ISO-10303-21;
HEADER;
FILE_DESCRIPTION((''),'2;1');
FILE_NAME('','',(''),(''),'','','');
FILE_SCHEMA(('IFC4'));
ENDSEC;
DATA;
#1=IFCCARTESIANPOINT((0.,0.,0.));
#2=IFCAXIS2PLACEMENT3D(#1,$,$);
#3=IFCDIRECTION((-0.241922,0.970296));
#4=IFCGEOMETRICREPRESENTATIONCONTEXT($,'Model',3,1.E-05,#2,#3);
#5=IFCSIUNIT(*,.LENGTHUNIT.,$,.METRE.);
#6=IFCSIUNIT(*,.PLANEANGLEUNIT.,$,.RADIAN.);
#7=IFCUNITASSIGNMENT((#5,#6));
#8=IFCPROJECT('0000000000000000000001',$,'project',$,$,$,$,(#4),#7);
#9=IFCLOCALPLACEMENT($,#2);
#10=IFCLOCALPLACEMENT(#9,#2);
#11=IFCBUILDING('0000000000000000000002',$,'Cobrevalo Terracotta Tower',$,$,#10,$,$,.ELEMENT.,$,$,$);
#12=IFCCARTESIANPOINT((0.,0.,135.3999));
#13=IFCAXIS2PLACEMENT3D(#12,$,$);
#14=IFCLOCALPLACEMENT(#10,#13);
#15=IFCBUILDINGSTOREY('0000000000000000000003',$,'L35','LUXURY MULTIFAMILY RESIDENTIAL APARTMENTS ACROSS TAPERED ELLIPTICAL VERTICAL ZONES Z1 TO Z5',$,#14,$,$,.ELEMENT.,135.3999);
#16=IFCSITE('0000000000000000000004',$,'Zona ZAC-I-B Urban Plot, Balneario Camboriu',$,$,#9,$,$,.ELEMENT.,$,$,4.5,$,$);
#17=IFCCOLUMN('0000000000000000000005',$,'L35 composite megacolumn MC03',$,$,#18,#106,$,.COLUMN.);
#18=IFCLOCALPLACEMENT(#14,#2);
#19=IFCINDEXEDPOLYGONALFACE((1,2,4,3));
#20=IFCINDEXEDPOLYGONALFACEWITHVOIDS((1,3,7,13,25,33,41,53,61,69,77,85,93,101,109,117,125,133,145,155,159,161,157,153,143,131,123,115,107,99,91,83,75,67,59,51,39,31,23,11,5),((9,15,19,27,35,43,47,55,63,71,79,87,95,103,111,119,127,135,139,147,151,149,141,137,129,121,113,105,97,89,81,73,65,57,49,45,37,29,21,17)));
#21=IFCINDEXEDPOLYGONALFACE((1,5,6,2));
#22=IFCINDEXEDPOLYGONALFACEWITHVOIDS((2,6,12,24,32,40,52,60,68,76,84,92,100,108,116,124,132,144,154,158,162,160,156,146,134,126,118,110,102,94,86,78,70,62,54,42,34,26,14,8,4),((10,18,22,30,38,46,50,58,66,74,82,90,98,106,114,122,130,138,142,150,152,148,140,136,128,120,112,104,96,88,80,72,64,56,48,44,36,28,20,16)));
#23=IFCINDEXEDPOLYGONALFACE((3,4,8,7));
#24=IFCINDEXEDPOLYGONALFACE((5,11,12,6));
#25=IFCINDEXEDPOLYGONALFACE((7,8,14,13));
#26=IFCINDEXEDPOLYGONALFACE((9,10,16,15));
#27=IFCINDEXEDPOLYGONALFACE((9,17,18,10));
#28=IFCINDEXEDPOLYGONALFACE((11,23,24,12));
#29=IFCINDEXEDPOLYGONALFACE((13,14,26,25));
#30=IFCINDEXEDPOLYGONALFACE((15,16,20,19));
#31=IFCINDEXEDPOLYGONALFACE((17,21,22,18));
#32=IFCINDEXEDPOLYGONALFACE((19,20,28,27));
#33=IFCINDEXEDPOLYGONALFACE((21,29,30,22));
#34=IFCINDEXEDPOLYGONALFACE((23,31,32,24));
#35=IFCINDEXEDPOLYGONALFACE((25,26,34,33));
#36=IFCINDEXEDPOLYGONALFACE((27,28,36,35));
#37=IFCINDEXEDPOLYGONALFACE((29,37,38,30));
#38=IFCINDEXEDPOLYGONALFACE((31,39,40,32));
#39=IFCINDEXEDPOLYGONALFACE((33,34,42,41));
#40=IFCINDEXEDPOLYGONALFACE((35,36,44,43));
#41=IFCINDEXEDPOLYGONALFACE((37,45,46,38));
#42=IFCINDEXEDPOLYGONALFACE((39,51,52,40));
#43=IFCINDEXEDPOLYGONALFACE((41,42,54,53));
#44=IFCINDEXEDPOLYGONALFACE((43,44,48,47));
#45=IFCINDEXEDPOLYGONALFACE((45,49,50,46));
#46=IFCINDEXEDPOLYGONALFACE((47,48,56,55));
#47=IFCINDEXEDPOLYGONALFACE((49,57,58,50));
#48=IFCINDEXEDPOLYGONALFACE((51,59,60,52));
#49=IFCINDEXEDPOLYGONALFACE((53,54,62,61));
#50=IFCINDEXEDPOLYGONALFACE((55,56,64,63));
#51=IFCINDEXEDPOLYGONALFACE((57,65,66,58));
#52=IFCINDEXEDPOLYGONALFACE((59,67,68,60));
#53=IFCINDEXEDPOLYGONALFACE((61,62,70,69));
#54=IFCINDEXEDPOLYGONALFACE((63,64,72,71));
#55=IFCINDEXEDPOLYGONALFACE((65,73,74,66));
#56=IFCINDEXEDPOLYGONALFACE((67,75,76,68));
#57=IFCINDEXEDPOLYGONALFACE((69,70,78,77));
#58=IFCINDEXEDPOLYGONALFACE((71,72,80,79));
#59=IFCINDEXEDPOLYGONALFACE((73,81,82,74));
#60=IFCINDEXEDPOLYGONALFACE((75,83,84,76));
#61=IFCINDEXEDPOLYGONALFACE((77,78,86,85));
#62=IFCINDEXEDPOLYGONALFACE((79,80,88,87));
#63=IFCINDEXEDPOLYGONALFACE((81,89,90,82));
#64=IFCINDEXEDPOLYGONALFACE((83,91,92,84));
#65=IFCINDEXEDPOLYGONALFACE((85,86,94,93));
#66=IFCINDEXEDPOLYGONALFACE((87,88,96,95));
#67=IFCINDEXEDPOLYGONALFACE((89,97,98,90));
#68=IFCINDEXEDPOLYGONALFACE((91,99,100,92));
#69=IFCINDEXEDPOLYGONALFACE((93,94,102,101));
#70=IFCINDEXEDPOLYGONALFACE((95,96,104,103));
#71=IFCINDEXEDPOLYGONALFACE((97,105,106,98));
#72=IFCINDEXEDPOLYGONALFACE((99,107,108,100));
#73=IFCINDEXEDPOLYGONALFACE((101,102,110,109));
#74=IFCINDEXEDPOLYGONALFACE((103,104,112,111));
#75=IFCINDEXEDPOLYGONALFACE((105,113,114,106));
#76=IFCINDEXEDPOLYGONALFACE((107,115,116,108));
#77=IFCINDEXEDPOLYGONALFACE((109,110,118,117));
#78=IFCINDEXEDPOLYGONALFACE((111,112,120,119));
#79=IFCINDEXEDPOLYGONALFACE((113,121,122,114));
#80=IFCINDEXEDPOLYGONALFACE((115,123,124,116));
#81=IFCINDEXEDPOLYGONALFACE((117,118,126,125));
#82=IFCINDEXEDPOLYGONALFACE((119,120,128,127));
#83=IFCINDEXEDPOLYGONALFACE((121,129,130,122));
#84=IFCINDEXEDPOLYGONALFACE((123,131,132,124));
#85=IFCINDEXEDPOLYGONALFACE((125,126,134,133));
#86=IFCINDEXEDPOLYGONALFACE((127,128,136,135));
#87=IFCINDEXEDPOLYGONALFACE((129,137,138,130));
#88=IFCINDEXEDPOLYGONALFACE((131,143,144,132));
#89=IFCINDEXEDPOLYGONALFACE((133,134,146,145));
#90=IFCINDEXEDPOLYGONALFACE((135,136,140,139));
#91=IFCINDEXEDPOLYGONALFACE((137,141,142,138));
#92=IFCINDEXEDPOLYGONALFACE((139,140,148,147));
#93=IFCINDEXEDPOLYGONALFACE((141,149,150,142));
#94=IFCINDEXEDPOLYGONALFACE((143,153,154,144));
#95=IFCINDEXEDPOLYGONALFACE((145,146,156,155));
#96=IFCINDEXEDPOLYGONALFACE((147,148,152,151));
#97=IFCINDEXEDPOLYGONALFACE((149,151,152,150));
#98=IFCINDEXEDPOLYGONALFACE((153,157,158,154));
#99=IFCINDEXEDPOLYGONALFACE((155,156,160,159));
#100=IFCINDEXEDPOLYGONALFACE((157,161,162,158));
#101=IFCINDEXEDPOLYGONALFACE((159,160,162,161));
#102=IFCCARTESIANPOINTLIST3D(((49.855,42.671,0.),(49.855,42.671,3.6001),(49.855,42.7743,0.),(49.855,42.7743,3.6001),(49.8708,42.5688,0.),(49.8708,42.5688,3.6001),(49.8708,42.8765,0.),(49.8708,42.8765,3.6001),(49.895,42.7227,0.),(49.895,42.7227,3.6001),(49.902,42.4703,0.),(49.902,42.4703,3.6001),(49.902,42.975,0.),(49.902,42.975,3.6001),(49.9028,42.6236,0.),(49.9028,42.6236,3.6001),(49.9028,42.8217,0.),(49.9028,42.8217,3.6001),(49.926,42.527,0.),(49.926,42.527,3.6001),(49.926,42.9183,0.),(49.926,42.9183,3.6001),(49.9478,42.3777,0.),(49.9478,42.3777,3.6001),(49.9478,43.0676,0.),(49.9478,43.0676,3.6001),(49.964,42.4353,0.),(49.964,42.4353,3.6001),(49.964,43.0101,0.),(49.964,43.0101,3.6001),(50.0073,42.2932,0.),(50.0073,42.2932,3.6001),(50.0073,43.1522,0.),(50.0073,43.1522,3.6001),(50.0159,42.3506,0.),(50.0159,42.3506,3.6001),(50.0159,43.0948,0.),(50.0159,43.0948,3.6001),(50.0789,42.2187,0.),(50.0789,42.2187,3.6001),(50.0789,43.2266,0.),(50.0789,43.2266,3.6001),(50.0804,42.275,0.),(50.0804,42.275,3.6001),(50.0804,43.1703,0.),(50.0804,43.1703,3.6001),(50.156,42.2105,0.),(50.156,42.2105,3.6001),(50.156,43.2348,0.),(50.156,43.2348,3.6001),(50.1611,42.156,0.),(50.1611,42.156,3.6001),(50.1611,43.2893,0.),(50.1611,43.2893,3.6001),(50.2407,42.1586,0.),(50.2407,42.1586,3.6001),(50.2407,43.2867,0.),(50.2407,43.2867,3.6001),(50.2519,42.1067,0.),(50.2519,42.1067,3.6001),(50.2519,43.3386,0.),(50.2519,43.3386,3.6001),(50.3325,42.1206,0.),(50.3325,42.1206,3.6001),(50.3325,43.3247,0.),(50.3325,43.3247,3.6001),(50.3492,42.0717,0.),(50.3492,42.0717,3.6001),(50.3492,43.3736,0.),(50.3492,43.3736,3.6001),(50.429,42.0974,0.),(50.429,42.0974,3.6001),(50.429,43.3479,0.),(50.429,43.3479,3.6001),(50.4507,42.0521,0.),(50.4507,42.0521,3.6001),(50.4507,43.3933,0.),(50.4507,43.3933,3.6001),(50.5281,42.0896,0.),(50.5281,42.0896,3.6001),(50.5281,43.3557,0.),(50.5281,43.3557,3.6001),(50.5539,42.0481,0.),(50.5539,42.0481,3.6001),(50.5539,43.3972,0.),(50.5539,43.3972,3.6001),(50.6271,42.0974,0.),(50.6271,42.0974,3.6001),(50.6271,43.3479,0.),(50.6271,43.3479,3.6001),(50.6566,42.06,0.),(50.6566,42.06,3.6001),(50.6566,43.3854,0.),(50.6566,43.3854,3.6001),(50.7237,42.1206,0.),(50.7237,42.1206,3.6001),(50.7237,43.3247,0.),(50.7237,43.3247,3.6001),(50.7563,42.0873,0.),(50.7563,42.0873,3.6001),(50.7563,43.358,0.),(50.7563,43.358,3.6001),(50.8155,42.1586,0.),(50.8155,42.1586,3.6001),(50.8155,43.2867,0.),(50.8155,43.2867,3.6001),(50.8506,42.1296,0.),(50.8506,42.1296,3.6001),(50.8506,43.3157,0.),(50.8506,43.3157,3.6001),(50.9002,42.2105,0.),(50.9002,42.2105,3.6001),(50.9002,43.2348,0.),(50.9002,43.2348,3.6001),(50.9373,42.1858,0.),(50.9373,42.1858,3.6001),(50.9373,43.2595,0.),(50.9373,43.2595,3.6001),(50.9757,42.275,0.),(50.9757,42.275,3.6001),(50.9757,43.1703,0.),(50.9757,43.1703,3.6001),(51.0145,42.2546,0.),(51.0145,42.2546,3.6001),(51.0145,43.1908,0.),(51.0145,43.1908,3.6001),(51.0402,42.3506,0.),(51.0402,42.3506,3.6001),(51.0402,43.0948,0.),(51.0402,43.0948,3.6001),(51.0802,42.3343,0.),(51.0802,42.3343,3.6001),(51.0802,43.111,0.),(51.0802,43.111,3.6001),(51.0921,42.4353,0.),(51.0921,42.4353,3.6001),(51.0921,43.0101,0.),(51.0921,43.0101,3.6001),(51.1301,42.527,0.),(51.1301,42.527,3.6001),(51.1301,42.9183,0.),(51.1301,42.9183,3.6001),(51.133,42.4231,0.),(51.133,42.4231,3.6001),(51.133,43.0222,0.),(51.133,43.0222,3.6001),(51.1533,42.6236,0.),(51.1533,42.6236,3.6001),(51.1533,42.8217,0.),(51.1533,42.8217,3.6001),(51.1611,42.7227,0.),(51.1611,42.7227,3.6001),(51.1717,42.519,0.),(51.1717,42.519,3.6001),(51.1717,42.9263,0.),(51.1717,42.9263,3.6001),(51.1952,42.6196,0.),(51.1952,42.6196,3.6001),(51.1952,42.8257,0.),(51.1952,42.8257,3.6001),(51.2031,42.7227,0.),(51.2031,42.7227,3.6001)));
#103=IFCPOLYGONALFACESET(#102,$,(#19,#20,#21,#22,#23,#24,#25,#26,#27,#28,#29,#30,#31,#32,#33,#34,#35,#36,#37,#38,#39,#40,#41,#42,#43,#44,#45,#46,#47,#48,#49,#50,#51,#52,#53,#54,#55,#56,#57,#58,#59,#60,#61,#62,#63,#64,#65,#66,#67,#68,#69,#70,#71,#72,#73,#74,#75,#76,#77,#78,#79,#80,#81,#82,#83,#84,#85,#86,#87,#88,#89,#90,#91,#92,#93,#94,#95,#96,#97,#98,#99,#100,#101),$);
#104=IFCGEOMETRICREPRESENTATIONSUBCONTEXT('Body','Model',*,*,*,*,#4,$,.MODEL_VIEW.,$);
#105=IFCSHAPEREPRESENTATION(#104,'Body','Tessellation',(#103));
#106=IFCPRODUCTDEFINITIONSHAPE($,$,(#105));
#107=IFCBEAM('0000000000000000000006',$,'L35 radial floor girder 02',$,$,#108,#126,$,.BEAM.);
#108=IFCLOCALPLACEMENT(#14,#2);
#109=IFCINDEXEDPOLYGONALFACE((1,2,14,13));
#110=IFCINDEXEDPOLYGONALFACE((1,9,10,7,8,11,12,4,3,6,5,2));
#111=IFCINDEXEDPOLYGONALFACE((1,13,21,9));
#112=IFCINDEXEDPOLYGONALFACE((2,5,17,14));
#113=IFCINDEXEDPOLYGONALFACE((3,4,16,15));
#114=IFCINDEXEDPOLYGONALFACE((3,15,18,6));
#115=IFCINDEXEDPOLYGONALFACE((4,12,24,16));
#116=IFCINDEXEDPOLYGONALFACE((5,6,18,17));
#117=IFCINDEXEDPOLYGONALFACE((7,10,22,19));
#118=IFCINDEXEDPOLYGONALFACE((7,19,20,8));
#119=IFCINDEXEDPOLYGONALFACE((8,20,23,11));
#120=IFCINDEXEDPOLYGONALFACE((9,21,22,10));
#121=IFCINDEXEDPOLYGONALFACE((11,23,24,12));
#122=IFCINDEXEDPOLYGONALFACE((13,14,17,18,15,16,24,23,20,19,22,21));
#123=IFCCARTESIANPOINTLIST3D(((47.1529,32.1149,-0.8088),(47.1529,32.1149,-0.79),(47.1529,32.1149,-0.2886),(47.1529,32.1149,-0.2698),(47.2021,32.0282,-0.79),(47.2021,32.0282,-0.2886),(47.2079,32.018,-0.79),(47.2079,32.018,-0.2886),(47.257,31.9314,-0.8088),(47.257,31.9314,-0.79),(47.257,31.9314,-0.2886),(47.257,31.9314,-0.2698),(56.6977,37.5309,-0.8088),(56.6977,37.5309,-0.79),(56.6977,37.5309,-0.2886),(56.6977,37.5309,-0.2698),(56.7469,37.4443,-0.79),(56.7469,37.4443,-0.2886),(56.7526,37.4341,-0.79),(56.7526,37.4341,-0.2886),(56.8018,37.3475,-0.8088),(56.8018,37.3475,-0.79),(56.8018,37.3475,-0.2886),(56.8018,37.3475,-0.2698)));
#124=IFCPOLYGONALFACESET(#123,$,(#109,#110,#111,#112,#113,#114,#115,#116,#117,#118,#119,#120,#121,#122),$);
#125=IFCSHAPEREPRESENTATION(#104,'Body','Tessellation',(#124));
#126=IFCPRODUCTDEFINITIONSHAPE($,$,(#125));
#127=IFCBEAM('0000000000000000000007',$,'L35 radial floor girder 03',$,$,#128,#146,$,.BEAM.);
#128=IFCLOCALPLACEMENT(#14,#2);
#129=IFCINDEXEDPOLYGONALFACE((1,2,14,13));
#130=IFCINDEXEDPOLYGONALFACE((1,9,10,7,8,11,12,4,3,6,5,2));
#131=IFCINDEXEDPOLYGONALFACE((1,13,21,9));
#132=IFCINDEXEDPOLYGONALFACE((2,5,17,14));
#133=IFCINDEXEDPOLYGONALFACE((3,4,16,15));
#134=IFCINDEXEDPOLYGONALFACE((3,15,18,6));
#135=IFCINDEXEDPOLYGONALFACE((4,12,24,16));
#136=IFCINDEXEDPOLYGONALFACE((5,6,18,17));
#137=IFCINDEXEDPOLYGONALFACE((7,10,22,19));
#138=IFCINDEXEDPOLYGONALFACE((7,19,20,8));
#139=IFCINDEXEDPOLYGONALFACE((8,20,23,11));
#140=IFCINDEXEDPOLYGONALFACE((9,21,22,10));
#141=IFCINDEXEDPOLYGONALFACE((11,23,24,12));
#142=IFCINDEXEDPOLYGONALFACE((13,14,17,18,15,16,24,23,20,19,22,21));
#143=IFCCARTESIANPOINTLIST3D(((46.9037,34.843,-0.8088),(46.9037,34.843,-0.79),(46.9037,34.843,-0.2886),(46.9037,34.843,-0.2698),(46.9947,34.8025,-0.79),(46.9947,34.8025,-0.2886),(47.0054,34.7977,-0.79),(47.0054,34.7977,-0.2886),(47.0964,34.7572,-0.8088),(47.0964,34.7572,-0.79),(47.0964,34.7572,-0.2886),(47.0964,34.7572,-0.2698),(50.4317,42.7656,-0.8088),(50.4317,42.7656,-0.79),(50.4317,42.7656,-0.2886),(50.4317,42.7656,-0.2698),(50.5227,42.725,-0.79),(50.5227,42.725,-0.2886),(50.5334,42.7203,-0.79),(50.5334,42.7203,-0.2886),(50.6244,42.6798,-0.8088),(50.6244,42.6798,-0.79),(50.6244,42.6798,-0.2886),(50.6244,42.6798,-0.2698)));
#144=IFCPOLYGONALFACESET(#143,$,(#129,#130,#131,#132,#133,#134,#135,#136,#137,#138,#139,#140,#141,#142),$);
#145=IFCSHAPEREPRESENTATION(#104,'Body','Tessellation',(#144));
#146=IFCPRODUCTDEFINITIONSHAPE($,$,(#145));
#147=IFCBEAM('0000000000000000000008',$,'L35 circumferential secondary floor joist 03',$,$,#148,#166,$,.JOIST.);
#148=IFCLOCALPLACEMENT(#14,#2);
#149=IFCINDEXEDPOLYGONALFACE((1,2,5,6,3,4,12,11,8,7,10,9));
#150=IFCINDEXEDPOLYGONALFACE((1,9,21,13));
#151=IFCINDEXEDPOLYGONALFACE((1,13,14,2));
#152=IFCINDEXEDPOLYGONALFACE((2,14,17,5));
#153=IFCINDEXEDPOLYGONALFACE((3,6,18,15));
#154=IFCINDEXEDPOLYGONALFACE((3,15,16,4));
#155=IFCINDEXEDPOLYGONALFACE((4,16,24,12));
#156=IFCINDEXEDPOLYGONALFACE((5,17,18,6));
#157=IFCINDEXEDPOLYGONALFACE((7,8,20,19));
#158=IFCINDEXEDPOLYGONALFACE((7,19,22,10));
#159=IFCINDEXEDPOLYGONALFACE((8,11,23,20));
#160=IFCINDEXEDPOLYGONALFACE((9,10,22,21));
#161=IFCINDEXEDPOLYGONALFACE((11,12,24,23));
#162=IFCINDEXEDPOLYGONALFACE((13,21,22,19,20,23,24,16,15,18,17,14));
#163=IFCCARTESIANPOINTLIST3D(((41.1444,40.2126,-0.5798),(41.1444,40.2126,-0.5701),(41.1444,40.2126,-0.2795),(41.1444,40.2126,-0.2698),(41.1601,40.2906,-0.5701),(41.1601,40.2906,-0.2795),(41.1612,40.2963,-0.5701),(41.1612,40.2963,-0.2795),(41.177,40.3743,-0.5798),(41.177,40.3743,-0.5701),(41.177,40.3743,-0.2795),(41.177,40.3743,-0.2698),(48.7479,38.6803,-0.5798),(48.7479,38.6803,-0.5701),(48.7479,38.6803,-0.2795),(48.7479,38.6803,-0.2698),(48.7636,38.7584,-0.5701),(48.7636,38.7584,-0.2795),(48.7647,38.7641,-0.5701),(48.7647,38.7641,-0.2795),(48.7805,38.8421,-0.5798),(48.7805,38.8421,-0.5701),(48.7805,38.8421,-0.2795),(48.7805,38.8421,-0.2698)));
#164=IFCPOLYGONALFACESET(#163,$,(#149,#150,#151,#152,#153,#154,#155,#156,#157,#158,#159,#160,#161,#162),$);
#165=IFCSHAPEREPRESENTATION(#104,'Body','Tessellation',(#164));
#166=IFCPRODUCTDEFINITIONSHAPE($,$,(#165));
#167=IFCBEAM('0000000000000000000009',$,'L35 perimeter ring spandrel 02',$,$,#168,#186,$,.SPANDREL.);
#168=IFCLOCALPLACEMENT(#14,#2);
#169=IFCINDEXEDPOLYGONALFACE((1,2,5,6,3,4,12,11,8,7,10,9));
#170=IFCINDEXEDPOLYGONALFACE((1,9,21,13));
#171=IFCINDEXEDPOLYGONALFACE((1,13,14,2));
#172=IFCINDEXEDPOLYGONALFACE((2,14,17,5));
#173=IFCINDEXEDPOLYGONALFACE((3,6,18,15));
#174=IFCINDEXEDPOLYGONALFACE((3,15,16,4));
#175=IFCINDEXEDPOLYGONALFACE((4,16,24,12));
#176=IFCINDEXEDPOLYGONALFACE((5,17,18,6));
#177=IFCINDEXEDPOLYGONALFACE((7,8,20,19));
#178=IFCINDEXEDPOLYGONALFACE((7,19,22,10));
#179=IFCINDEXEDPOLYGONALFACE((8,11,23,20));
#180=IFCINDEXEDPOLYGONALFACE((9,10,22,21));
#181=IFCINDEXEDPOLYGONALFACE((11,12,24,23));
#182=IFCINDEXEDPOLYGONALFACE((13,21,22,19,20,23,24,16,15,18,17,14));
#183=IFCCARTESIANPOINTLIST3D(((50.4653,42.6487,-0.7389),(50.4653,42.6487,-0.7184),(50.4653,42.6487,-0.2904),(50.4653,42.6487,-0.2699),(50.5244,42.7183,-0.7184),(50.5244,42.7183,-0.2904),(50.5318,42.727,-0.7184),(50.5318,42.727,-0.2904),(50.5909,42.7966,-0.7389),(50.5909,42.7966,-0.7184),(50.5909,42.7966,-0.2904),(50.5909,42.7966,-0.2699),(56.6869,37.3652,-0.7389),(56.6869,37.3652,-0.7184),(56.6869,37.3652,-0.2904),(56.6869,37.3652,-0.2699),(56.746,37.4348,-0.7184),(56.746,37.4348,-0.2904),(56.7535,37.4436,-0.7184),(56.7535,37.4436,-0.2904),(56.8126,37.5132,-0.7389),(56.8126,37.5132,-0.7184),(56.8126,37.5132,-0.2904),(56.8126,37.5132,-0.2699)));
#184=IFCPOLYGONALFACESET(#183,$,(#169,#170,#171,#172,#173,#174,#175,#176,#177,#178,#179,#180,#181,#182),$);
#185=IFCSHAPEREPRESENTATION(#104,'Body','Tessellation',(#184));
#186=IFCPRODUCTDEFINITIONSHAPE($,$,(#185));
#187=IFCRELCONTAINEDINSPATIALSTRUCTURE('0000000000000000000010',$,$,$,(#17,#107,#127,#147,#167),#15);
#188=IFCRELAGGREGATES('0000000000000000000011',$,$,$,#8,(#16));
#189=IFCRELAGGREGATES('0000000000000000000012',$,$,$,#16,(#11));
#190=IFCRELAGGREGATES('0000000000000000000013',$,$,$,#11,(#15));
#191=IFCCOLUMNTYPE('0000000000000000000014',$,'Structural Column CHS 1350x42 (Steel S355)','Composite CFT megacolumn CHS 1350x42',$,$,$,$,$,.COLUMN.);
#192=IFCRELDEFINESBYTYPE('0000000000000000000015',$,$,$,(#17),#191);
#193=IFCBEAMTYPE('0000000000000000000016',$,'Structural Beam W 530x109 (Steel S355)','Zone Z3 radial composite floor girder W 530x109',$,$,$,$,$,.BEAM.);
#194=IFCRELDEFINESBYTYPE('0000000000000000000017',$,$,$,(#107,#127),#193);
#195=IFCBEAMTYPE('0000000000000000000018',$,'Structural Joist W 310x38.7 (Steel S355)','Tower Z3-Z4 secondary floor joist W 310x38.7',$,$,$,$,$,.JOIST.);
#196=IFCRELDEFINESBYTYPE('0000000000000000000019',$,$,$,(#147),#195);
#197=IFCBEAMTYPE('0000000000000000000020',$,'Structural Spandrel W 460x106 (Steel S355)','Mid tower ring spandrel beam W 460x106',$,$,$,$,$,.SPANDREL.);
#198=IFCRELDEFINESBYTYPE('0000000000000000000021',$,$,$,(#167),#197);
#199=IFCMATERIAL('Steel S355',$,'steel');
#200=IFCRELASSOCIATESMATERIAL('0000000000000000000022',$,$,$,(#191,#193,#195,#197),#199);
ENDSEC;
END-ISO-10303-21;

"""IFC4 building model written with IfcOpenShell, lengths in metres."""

from ifc_helpers import new_model, si_unit, direction, frame, origin, origin_2d, place, context, subcontext, project, spatial, hollow_circle, i_section, extrude, material, material_profile, profile_set, type_object, element, save


model = new_model("IFC4")

# Units and contexts
model_context = context("Model", 3, precision=1e-05, world=origin(), true_north=direction((-0.241922, 0.970296)))
body_context = subcontext(model_context, "Body", "Model", "MODEL_VIEW")
ifc_project = project(units=[si_unit("LENGTHUNIT", "METRE"), si_unit("PLANEANGLEUNIT", "RADIAN")], contexts=[model_context])

# Site, building, storey
site_placement = place(None, origin())
site = spatial("IfcSite", under=ifc_project, at=site_placement, Name="Zona ZAC-I-B Urban Plot, Balneario Camboriu", CompositionType="ELEMENT", RefElevation=4.5)
building_placement = place(site_placement, origin())
building = spatial("IfcBuilding", under=site, at=building_placement, Name="Cobrevalo Terracotta Tower", CompositionType="ELEMENT")
storey_placement = place(building_placement, frame((0.0, 0.0, 135.3999)))
storey = spatial("IfcBuildingStorey", under=building, at=storey_placement, Name="L35", Description="LUXURY MULTIFAMILY RESIDENTIAL APARTMENTS ACROSS TAPERED ELLIPTICAL VERTICAL ZONES Z1 TO Z5", CompositionType="ELEMENT", Elevation=135.3999)

# Column
ifc_material_1 = material(Name="Steel S355", Category="steel")
ifc_material_profile_1 = material_profile(ifc_material_1, hollow_circle(Radius=0.675, WallThickness=0.042, at=origin_2d()), Name="CHS 1350x42")
ifc_profile_set_1 = profile_set([ifc_material_profile_1], Name="Steel S355")
column_type = type_object("IfcColumnType", Name="Structural Column CHS 1350x42 (Steel S355)", Description="Composite CFT megacolumn CHS 1350x42", PredefinedType="COLUMN", material=ifc_profile_set_1)
column_placement = place(storey_placement, frame((50.5281, 42.7227, 0.0), z_axis=(0.0, 0.0, 1.0), x_axis=(1.0, 0.0, 0.0)))
element("IfcColumn", 1, at=column_placement, inside=storey, type_object=column_type, Name="L35 composite megacolumn MC03", PredefinedType="COLUMN", context=body_context, shape_type="SweptSolid", body=[
    extrude(hollow_circle(Radius=0.675, WallThickness=0.042, at=origin_2d()), origin(), (0.0, 0.0, 1.0), 3.6001),
])

# Beams
ifc_material_profile_2 = material_profile(ifc_material_1, i_section(OverallWidth=0.2109, OverallDepth=0.5391, WebThickness=0.0117, FlangeThickness=0.0188, at=origin_2d()), Name="W 530x109")
ifc_profile_set_2 = profile_set([ifc_material_profile_2], Name="Steel S355")
beam_type_1 = type_object("IfcBeamType", Name="Structural Beam W 530x109 (Steel S355)", Description="Zone Z3 radial composite floor girder W 530x109", PredefinedType="BEAM", material=ifc_profile_set_2)
beam_1_placement = place(storey_placement, frame((56.7498, 37.4392, -0.5393), z_axis=(-0.869734, -0.49352, 0.0), x_axis=(0.49352, -0.869734, 0.0)))
element("IfcBeam", 2, at=beam_1_placement, inside=storey, type_object=beam_type_1, Name="L35 radial floor girder 02", PredefinedType="BEAM", context=body_context, shape_type="SweptSolid", body=[
    extrude(i_section(OverallWidth=0.2109, OverallDepth=0.5391, WebThickness=0.0117, FlangeThickness=0.0188, at=origin_2d()), origin(), (0.0, 0.0, 1.0), 10.9744),
])
beam_2_placement = place(storey_placement, frame((50.5281, 42.7227, -0.5393), z_axis=(-0.406804, -0.913515, 0.0), x_axis=(0.913515, -0.406804, 0.0)))
element("IfcBeam", 3, at=beam_2_placement, inside=storey, type_object=beam_type_1, Name="L35 radial floor girder 03", PredefinedType="BEAM", context=body_context, shape_type="SweptSolid", body=[
    extrude(i_section(OverallWidth=0.2109, OverallDepth=0.5391, WebThickness=0.0117, FlangeThickness=0.0188, at=origin_2d()), origin(), (0.0, 0.0, 1.0), 8.6726),
])
ifc_material_profile_3 = material_profile(ifc_material_1, i_section(OverallWidth=0.165, OverallDepth=0.3101, WebThickness=0.0059, FlangeThickness=0.0098, at=origin_2d()), Name="W 310x38.7")
ifc_profile_set_3 = profile_set([ifc_material_profile_3], Name="Steel S355")
beam_type_2 = type_object("IfcBeamType", Name="Structural Joist W 310x38.7 (Steel S355)", Description="Tower Z3-Z4 secondary floor joist W 310x38.7", PredefinedType="JOIST", material=ifc_profile_set_3)
beam_3_placement = place(storey_placement, frame((48.7642, 38.7612, -0.4248), z_axis=(-0.980294, 0.197544, 0.0), x_axis=(-0.197544, -0.980294, 0.0)))
element("IfcBeam", 4, at=beam_3_placement, inside=storey, type_object=beam_type_2, Name="L35 circumferential secondary floor joist 03", PredefinedType="JOIST", context=body_context, shape_type="SweptSolid", body=[
    extrude(i_section(OverallWidth=0.165, OverallDepth=0.3101, WebThickness=0.0059, FlangeThickness=0.0098, at=origin_2d()), origin(), (0.0, 0.0, 1.0), 7.7563),
])
ifc_material_profile_4 = material_profile(ifc_material_1, i_section(OverallWidth=0.1941, OverallDepth=0.469, WebThickness=0.0115, FlangeThickness=0.0205, at=origin_2d()), Name="W 460x106")
ifc_profile_set_4 = profile_set([ifc_material_profile_4], Name="Steel S355")
beam_type_3 = type_object("IfcBeamType", Name="Structural Spandrel W 460x106 (Steel S355)", Description="Mid tower ring spandrel beam W 460x106", PredefinedType="SPANDREL", material=ifc_profile_set_4)
beam_4_placement = place(storey_placement, frame((56.7498, 37.4392, -0.5044), z_axis=(-0.76224, 0.647294, 0.0), x_axis=(-0.647294, -0.76224, 0.0)))
element("IfcBeam", 5, at=beam_4_placement, inside=storey, type_object=beam_type_3, Name="L35 perimeter ring spandrel 02", PredefinedType="SPANDREL", context=body_context, shape_type="SweptSolid", body=[
    extrude(i_section(OverallWidth=0.1941, OverallDepth=0.469, WebThickness=0.0115, FlangeThickness=0.0205, at=origin_2d()), origin(), (0.0, 0.0, 1.0), 8.1624),
])

save(model, "model.ifc")
